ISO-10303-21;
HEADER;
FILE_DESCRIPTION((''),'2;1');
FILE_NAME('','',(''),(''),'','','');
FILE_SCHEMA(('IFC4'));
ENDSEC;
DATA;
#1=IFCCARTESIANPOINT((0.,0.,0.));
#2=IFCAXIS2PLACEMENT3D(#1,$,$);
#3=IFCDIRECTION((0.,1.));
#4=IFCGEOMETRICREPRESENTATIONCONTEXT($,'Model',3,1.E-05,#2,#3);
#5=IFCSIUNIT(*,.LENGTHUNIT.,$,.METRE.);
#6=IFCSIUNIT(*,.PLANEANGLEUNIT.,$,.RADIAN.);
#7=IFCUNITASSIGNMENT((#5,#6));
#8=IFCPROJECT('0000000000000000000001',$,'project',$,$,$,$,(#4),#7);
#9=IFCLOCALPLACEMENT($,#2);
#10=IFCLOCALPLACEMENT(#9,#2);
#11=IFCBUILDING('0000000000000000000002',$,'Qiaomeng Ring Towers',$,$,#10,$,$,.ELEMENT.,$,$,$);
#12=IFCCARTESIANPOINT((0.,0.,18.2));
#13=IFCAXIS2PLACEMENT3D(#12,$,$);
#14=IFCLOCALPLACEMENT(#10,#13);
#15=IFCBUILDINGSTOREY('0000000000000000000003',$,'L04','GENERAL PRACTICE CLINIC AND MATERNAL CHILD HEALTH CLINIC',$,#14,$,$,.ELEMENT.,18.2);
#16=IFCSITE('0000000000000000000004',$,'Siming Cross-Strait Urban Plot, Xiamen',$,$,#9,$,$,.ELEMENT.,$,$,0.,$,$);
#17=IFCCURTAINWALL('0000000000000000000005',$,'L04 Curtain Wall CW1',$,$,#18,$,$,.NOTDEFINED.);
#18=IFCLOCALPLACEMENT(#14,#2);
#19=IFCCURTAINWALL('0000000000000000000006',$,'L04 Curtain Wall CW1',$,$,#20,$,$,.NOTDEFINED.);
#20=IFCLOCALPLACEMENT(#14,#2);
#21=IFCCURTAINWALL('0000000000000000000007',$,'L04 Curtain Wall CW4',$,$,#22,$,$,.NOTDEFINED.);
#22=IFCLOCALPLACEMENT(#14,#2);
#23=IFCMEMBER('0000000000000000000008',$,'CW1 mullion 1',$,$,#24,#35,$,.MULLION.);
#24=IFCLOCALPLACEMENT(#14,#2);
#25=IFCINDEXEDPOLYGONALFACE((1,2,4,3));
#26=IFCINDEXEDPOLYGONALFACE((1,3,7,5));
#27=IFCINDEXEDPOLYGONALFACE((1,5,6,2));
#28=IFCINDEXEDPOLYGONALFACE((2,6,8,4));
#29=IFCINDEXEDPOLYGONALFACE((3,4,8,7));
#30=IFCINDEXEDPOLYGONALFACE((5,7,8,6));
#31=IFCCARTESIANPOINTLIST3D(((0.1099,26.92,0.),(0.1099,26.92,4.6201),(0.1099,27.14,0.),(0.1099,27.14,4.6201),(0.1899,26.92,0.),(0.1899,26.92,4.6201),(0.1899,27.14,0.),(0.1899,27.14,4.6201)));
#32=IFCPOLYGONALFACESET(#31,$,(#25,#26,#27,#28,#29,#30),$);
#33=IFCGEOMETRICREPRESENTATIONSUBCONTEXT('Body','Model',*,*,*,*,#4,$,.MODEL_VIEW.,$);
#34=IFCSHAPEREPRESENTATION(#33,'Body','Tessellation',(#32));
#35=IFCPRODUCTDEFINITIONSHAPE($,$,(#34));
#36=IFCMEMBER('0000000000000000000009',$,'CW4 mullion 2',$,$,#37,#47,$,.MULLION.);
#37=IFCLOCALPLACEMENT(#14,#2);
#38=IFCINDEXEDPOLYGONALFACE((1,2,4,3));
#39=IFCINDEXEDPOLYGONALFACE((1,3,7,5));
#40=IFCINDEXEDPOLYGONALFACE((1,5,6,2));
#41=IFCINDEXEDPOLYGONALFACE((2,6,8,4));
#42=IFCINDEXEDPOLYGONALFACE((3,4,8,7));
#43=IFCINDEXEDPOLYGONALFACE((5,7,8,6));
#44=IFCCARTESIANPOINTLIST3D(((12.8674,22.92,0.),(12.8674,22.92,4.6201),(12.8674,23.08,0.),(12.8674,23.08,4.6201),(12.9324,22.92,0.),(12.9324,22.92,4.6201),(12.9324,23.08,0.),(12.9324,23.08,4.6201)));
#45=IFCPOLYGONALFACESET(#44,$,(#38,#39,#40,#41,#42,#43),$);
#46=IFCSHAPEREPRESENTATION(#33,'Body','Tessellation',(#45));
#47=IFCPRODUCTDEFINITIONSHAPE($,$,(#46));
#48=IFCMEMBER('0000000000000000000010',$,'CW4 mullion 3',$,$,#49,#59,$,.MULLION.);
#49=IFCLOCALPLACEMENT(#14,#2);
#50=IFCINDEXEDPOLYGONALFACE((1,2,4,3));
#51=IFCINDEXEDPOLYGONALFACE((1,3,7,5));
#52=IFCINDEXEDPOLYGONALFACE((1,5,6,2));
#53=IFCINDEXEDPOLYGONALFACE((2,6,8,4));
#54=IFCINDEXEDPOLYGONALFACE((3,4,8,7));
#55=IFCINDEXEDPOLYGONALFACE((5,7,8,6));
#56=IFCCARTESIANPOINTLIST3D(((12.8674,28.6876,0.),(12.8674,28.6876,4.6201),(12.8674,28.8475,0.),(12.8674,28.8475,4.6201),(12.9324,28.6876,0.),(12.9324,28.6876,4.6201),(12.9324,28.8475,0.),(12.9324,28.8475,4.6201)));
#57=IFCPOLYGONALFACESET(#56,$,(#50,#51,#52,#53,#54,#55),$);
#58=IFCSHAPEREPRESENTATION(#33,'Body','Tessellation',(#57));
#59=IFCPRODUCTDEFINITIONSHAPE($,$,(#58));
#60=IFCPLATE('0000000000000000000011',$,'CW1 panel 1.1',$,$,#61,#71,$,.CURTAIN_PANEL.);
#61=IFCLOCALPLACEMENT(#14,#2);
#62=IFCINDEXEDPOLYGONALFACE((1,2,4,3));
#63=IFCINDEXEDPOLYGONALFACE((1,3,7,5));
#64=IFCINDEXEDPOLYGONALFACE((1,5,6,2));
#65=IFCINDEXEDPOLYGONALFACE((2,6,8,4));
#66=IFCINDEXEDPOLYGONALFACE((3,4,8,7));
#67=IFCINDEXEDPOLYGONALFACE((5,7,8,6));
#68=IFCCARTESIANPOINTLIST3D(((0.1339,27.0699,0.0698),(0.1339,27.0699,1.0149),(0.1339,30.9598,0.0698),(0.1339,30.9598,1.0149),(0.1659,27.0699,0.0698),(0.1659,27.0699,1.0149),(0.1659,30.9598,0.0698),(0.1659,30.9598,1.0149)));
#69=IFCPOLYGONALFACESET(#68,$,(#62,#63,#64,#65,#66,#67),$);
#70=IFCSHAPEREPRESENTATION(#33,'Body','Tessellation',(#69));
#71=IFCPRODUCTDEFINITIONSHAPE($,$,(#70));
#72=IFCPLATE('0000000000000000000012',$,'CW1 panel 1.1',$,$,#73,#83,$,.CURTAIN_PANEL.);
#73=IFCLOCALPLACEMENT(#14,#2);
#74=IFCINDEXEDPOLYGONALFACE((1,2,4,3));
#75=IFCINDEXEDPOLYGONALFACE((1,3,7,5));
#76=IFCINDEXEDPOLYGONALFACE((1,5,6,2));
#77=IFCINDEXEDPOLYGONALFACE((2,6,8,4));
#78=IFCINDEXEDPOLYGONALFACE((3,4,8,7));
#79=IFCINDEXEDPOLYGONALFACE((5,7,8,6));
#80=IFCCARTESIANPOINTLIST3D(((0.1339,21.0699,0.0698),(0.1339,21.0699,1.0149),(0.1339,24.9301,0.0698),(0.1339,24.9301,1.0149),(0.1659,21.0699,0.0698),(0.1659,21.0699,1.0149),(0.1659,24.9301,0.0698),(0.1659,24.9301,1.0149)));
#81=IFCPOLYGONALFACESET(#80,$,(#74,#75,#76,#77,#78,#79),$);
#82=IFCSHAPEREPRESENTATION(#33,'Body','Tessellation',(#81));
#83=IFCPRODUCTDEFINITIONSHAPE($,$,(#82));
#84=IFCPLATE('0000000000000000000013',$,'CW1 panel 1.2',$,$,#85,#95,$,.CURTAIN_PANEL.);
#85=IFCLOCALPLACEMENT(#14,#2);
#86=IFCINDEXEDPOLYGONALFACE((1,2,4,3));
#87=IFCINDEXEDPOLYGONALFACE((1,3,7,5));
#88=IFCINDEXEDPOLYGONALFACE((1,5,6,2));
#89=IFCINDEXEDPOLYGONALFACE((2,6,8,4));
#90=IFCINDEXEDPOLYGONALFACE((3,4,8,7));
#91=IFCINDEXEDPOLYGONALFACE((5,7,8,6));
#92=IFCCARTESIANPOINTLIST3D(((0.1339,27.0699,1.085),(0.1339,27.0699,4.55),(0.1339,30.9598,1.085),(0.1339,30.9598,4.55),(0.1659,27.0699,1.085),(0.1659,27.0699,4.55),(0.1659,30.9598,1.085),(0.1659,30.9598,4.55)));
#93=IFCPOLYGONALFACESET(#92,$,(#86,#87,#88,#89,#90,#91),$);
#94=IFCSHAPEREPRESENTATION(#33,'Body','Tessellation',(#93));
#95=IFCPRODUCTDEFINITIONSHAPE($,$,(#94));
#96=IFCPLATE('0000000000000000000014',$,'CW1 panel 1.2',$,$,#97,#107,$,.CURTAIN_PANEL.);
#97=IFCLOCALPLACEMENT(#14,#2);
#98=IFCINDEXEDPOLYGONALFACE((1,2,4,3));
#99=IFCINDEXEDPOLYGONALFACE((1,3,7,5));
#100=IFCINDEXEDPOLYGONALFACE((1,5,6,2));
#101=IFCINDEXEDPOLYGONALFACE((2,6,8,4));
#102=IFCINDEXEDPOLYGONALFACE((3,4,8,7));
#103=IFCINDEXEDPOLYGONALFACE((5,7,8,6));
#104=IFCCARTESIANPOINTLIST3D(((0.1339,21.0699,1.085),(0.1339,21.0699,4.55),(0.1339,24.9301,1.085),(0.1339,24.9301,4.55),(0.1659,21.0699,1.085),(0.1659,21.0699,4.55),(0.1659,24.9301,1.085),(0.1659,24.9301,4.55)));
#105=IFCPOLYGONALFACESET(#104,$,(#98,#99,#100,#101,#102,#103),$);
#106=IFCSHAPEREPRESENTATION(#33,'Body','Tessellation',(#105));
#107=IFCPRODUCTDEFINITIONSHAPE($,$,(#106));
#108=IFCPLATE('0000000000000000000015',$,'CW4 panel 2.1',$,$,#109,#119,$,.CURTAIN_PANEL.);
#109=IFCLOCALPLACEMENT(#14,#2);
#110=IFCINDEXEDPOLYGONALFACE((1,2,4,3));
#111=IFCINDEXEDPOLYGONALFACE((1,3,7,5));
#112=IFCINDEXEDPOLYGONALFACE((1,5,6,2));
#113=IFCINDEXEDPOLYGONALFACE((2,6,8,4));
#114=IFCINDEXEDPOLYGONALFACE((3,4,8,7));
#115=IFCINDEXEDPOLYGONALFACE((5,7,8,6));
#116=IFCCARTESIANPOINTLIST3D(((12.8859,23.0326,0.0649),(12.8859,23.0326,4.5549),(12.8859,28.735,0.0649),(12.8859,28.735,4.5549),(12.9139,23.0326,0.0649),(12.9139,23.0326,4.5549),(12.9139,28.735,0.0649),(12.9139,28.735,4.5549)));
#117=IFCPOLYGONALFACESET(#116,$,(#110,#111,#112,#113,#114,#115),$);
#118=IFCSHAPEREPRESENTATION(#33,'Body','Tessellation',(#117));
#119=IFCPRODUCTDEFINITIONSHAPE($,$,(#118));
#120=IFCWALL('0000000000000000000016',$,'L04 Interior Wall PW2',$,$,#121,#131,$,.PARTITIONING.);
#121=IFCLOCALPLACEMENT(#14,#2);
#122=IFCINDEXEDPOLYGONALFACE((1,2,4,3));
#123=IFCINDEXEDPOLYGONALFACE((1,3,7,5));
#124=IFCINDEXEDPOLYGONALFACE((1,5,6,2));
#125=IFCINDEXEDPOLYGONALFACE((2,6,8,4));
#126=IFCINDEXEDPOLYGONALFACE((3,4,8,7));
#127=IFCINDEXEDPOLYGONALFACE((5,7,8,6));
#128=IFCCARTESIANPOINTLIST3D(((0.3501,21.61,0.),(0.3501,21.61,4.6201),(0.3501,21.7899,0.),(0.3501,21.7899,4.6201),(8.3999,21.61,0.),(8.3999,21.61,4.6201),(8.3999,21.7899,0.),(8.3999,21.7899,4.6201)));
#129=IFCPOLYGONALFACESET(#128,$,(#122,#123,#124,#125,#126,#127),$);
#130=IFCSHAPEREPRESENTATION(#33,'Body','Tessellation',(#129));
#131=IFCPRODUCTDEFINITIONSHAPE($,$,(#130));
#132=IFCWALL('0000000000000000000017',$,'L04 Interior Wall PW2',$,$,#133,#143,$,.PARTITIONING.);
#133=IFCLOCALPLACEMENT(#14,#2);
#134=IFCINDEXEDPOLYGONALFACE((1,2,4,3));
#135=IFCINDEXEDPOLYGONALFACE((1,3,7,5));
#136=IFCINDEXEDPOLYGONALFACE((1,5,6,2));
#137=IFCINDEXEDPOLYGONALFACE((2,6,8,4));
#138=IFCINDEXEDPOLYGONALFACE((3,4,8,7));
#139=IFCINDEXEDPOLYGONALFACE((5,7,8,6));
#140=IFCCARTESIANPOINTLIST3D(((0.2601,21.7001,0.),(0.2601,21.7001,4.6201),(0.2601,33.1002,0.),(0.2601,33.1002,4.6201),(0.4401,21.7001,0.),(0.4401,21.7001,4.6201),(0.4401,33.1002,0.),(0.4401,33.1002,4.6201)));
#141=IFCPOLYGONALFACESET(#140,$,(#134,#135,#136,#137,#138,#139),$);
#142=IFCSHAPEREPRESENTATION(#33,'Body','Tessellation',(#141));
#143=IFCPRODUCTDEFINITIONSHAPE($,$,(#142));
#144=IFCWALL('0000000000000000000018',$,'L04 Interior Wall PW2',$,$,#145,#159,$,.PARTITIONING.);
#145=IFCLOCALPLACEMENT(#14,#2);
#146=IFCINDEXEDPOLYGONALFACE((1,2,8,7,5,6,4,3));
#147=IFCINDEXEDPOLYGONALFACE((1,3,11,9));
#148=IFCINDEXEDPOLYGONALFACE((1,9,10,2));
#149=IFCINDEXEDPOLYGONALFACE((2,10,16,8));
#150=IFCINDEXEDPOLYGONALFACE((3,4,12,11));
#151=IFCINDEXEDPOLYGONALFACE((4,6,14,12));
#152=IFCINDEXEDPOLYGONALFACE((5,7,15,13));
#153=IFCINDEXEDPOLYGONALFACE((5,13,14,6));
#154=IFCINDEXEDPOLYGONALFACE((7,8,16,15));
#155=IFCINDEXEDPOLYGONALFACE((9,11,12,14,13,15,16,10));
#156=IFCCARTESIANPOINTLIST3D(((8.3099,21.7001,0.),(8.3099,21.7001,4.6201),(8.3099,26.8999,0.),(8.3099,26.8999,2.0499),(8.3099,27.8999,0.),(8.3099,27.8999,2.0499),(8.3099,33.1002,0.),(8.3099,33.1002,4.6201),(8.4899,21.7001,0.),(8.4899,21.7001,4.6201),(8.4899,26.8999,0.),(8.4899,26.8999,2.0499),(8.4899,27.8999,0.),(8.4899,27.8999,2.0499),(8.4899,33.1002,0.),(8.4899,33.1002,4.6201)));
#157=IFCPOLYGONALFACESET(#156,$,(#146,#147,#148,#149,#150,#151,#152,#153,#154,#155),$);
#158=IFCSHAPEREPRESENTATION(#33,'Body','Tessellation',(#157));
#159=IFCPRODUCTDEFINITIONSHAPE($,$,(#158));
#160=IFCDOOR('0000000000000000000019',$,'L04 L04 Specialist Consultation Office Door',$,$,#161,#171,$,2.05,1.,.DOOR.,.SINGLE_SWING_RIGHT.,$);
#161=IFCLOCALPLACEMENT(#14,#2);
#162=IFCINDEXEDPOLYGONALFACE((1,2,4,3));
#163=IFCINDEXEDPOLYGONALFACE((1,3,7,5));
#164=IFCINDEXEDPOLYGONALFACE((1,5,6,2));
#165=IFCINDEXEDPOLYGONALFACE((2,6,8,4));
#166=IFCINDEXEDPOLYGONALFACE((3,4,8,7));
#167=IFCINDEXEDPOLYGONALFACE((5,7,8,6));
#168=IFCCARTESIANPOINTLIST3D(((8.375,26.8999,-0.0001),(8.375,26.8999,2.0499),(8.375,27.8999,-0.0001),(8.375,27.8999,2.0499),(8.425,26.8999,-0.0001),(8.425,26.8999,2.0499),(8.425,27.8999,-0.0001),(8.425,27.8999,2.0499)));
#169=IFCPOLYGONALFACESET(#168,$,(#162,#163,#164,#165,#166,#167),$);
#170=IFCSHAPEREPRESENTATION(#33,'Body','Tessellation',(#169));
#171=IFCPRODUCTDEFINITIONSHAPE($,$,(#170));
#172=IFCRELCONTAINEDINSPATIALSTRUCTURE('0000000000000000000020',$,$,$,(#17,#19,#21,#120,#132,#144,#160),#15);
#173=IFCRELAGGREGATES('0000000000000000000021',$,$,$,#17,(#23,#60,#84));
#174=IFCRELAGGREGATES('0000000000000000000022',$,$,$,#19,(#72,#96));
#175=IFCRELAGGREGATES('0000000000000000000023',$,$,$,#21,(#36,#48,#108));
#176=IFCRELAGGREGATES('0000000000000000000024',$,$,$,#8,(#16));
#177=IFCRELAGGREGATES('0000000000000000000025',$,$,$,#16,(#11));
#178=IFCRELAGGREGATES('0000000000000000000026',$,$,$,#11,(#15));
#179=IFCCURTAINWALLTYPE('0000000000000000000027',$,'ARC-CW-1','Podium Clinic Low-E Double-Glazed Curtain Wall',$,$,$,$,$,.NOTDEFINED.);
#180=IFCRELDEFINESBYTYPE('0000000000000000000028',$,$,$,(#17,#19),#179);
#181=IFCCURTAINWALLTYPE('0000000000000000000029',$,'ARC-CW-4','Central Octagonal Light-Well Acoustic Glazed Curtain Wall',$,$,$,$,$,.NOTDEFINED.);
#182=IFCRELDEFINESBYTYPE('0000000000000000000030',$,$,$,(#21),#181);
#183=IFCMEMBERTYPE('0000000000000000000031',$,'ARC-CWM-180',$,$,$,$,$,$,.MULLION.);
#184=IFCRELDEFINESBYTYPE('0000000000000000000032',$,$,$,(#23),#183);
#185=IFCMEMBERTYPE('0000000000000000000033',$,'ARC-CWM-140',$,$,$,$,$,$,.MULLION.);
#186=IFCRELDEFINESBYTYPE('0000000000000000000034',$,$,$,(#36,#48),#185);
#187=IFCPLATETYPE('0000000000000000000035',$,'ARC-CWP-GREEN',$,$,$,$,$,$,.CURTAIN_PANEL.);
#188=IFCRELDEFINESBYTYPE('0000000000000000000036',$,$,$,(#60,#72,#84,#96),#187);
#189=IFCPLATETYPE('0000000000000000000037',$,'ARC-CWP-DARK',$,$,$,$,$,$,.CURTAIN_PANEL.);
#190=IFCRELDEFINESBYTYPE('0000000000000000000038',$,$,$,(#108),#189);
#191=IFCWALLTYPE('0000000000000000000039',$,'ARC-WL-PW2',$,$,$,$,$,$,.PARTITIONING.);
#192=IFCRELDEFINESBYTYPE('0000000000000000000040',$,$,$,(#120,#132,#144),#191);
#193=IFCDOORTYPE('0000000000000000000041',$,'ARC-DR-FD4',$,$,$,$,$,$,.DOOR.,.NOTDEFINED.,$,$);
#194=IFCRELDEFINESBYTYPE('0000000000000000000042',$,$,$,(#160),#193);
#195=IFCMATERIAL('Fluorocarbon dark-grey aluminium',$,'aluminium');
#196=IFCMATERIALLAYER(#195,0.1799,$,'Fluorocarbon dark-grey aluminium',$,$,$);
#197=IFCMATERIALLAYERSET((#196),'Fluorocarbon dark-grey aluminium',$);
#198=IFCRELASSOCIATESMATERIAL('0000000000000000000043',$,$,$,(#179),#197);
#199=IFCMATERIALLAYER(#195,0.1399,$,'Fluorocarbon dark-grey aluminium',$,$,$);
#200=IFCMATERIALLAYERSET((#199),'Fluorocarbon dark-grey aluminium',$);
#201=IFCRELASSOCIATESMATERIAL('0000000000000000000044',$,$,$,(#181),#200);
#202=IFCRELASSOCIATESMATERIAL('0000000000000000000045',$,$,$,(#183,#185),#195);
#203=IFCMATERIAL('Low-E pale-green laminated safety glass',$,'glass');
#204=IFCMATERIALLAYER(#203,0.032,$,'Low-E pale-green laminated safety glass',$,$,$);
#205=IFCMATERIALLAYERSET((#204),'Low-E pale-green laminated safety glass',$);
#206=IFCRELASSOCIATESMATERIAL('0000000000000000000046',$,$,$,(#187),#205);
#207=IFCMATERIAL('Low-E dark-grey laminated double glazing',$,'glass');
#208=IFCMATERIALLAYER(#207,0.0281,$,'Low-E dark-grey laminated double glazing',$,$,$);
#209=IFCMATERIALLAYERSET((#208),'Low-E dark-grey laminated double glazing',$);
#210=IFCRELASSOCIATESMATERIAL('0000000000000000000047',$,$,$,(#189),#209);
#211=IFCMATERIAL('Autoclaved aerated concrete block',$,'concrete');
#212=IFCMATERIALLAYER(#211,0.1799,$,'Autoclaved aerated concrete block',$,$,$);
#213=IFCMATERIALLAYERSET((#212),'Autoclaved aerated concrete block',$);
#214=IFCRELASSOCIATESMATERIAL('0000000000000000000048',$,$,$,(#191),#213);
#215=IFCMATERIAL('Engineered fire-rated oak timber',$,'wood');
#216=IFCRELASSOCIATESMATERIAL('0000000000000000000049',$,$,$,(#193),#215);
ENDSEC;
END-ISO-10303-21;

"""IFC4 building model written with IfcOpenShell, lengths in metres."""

from ifc_helpers import new_model, si_unit, direction, frame, frame_2d, origin, origin_2d, place, context, subcontext, project, spatial, rectangle, extrude, source, transform, mapped, material, layer, layer_set, material_profile, profile_set, type_object, element, fill, aggregate, save


model = new_model("IFC4")

# Units and contexts
model_context = context("Model", 3, precision=1e-05, world=origin(), true_north=direction((0.0, 1.0)))
body_context = subcontext(model_context, "Body", "Model", "MODEL_VIEW")
ifc_project = project(units=[si_unit("LENGTHUNIT", "METRE"), si_unit("PLANEANGLEUNIT", "RADIAN")], contexts=[model_context])

# Site, building, storey
site_placement = place(None, origin())
site = spatial("IfcSite", under=ifc_project, at=site_placement, Name="Siming Cross-Strait Urban Plot, Xiamen", CompositionType="ELEMENT", RefElevation=0.0)
building_placement = place(site_placement, origin())
building = spatial("IfcBuilding", under=site, at=building_placement, Name="Qiaomeng Ring Towers", CompositionType="ELEMENT")
storey_placement = place(building_placement, frame((0.0, 0.0, 18.2)))
storey = spatial("IfcBuildingStorey", under=building, at=storey_placement, Name="L04", Description="GENERAL PRACTICE CLINIC AND MATERNAL CHILD HEALTH CLINIC", CompositionType="ELEMENT", Elevation=18.2)

# Curtain walls
ifc_material_1 = material(Name="Fluorocarbon dark-grey aluminium", Category="aluminium")
ifc_layer_1 = layer(ifc_material_1, 0.1799, Name="Fluorocarbon dark-grey aluminium")
ifc_layer_set_1 = layer_set([ifc_layer_1], Name="Fluorocarbon dark-grey aluminium")
curtain_wall_type_1 = type_object("IfcCurtainWallType", Name="ARC-CW-1", Description="Podium Clinic Low-E Double-Glazed Curtain Wall", PredefinedType="NOTDEFINED", material=ifc_layer_set_1)
curtain_wall_1_placement = place(storey_placement, origin())
curtain_wall_1 = element("IfcCurtainWall", 1, at=curtain_wall_1_placement, inside=storey, type_object=curtain_wall_type_1, Name="L04 Curtain Wall CW1", PredefinedType="NOTDEFINED")
curtain_wall_2_placement = place(storey_placement, origin())
curtain_wall_2 = element("IfcCurtainWall", 2, at=curtain_wall_2_placement, inside=storey, type_object=curtain_wall_type_1, Name="L04 Curtain Wall CW1", PredefinedType="NOTDEFINED")
ifc_layer_2 = layer(ifc_material_1, 0.1399, Name="Fluorocarbon dark-grey aluminium")
ifc_layer_set_2 = layer_set([ifc_layer_2], Name="Fluorocarbon dark-grey aluminium")
curtain_wall_type_2 = type_object("IfcCurtainWallType", Name="ARC-CW-4", Description="Central Octagonal Light-Well Acoustic Glazed Curtain Wall", PredefinedType="NOTDEFINED", material=ifc_layer_set_2)
curtain_wall_3_placement = place(storey_placement, origin())
curtain_wall_3 = element("IfcCurtainWall", 3, at=curtain_wall_3_placement, inside=storey, type_object=curtain_wall_type_2, Name="L04 Curtain Wall CW4", PredefinedType="NOTDEFINED")

# Members
ifc_material_profile_1 = material_profile(ifc_material_1, rectangle(XDim=0.0801, YDim=0.22, at=origin_2d()), Name="ALU MULL 80x220")
ifc_profile_set_1 = profile_set([ifc_material_profile_1], Name="Fluorocarbon dark-grey aluminium")
member_type_1 = type_object("IfcMemberType", Name="ARC-CWM-180", PredefinedType="MULLION", material=ifc_profile_set_1)
shared_shape_1 = source(origin(), body_context, "Body", "SweptSolid", [
    extrude(rectangle(XDim=0.0801, YDim=0.22, at=origin_2d()), origin(), (0.0, 0.0, 1.0), 4.6201),
])
member_1_placement = place(storey_placement, frame((0.1499, 27.03, 0.0), z_axis=(0.0, 0.0, 1.0), x_axis=(-1.0, 0.0, 0.0)))
member_1 = element("IfcMember", 4, at=member_1_placement, type_object=member_type_1, Name="CW1 mullion 1", PredefinedType="MULLION", context=body_context, shape_type="MappedRepresentation", body=[
    mapped(shared_shape_1, transform((0.0, 0.0, 0.0), x_axis=(1.0, 0.0, 0.0), y_axis=(0.0, 1.0, 0.0), z_axis=(0.0, 0.0, 1.0), scale=1.0)),
])
ifc_material_profile_2 = material_profile(ifc_material_1, rectangle(XDim=0.0649, YDim=0.1599, at=origin_2d()), Name="ALU MULL 65x160")
ifc_profile_set_2 = profile_set([ifc_material_profile_2], Name="Fluorocarbon dark-grey aluminium")
member_type_2 = type_object("IfcMemberType", Name="ARC-CWM-140", PredefinedType="MULLION", material=ifc_profile_set_2)
shared_shape_2 = source(origin(), body_context, "Body", "SweptSolid", [
    extrude(rectangle(XDim=0.0649, YDim=0.1599, at=origin_2d()), origin(), (0.0, 0.0, 1.0), 4.6201),
])
member_2_placement = place(storey_placement, frame((12.8999, 23.0, 0.0), z_axis=(0.0, 0.0, 1.0), x_axis=(-1.0, 0.0, 0.0)))
member_2 = element("IfcMember", 5, at=member_2_placement, type_object=member_type_2, Name="CW4 mullion 2", PredefinedType="MULLION", context=body_context, shape_type="MappedRepresentation", body=[
    mapped(shared_shape_2, transform((0.0, 0.0, 0.0), x_axis=(1.0, 0.0, 0.0), y_axis=(0.0, 1.0, 0.0), z_axis=(0.0, 0.0, 1.0), scale=1.0)),
])
member_3_placement = place(storey_placement, frame((12.8999, 28.7676, 0.0), z_axis=(0.0, 0.0, 1.0), x_axis=(-1.0, 0.0, 0.0)))
member_3 = element("IfcMember", 6, at=member_3_placement, type_object=member_type_2, Name="CW4 mullion 3", PredefinedType="MULLION", context=body_context, shape_type="MappedRepresentation", body=[
    mapped(shared_shape_2, transform((0.0, 0.0, 0.0), x_axis=(1.0, 0.0, 0.0), y_axis=(0.0, 1.0, 0.0), z_axis=(0.0, 0.0, 1.0), scale=1.0)),
])

# Plates
ifc_material_2 = material(Name="Low-E pale-green laminated safety glass", Category="glass")
ifc_layer_3 = layer(ifc_material_2, 0.032, Name="Low-E pale-green laminated safety glass")
ifc_layer_set_3 = layer_set([ifc_layer_3], Name="Low-E pale-green laminated safety glass")
plate_type_1 = type_object("IfcPlateType", Name="ARC-CWP-GREEN", PredefinedType="CURTAIN_PANEL", material=ifc_layer_set_3)
shared_shape_3 = source(origin(), body_context, "Body", "SweptSolid", [
    extrude(rectangle(XDim=3.8899, YDim=0.032, at=origin_2d()), origin(), (0.0, 0.0, 1.0), 0.9451),
])
plate_1_placement = place(storey_placement, frame((0.1499, 29.0149, 0.0698), z_axis=(0.0, 0.0, 1.0), x_axis=(0.0, 1.0, 0.0)))
plate_1 = element("IfcPlate", 7, at=plate_1_placement, type_object=plate_type_1, Name="CW1 panel 1.1", PredefinedType="CURTAIN_PANEL", context=body_context, shape_type="MappedRepresentation", body=[
    mapped(shared_shape_3, transform((0.0, 0.0, 0.0), x_axis=(1.0, 0.0, 0.0), y_axis=(0.0, 1.0, 0.0), z_axis=(0.0, 0.0, 1.0), scale=1.0)),
])
shared_shape_4 = source(origin(), body_context, "Body", "SweptSolid", [
    extrude(rectangle(XDim=3.8601, YDim=0.032, at=origin_2d()), origin(), (0.0, 0.0, 1.0), 0.9451),
])
plate_2_placement = place(storey_placement, frame((0.1499, 23.0, 0.0698), z_axis=(0.0, 0.0, 1.0), x_axis=(0.0, 1.0, 0.0)))
plate_2 = element("IfcPlate", 8, at=plate_2_placement, type_object=plate_type_1, Name="CW1 panel 1.1", PredefinedType="CURTAIN_PANEL", context=body_context, shape_type="MappedRepresentation", body=[
    mapped(shared_shape_4, transform((0.0, 0.0, 0.0), x_axis=(1.0, 0.0, 0.0), y_axis=(0.0, 1.0, 0.0), z_axis=(0.0, 0.0, 1.0), scale=1.0)),
])
shared_shape_5 = source(origin(), body_context, "Body", "SweptSolid", [
    extrude(rectangle(XDim=3.8899, YDim=0.032, at=origin_2d()), origin(), (0.0, 0.0, 1.0), 3.4651),
])
plate_3_placement = place(storey_placement, frame((0.1499, 29.0149, 1.085), z_axis=(0.0, 0.0, 1.0), x_axis=(0.0, 1.0, 0.0)))
plate_3 = element("IfcPlate", 9, at=plate_3_placement, type_object=plate_type_1, Name="CW1 panel 1.2", PredefinedType="CURTAIN_PANEL", context=body_context, shape_type="MappedRepresentation", body=[
    mapped(shared_shape_5, transform((0.0, 0.0, 0.0), x_axis=(1.0, 0.0, 0.0), y_axis=(0.0, 1.0, 0.0), z_axis=(0.0, 0.0, 1.0), scale=1.0)),
])
aggregate(curtain_wall_1, [member_1, plate_1, plate_3])
shared_shape_6 = source(origin(), body_context, "Body", "SweptSolid", [
    extrude(rectangle(XDim=3.8601, YDim=0.032, at=origin_2d()), origin(), (0.0, 0.0, 1.0), 3.4651),
])
plate_4_placement = place(storey_placement, frame((0.1499, 23.0, 1.085), z_axis=(0.0, 0.0, 1.0), x_axis=(0.0, 1.0, 0.0)))
plate_4 = element("IfcPlate", 10, at=plate_4_placement, type_object=plate_type_1, Name="CW1 panel 1.2", PredefinedType="CURTAIN_PANEL", context=body_context, shape_type="MappedRepresentation", body=[
    mapped(shared_shape_6, transform((0.0, 0.0, 0.0), x_axis=(1.0, 0.0, 0.0), y_axis=(0.0, 1.0, 0.0), z_axis=(0.0, 0.0, 1.0), scale=1.0)),
])
aggregate(curtain_wall_2, [plate_2, plate_4])
ifc_material_3 = material(Name="Low-E dark-grey laminated double glazing", Category="glass")
ifc_layer_4 = layer(ifc_material_3, 0.0281, Name="Low-E dark-grey laminated double glazing")
ifc_layer_set_4 = layer_set([ifc_layer_4], Name="Low-E dark-grey laminated double glazing")
plate_type_2 = type_object("IfcPlateType", Name="ARC-CWP-DARK", PredefinedType="CURTAIN_PANEL", material=ifc_layer_set_4)
shared_shape_7 = source(origin(), body_context, "Body", "SweptSolid", [
    extrude(rectangle(XDim=5.7024, YDim=0.0281, at=origin_2d()), origin(), (0.0, 0.0, 1.0), 4.49),
])
plate_5_placement = place(storey_placement, frame((12.8999, 25.8838, 0.0649), z_axis=(0.0, 0.0, 1.0), x_axis=(0.0, 1.0, 0.0)))
plate_5 = element("IfcPlate", 11, at=plate_5_placement, type_object=plate_type_2, Name="CW4 panel 2.1", PredefinedType="CURTAIN_PANEL", context=body_context, shape_type="MappedRepresentation", body=[
    mapped(shared_shape_7, transform((0.0, 0.0, 0.0), x_axis=(1.0, 0.0, 0.0), y_axis=(0.0, 1.0, 0.0), z_axis=(0.0, 0.0, 1.0), scale=1.0)),
])
aggregate(curtain_wall_3, [member_2, member_3, plate_5])

# Walls
ifc_material_4 = material(Name="Autoclaved aerated concrete block", Category="concrete")
ifc_layer_5 = layer(ifc_material_4, 0.1799, Name="Autoclaved aerated concrete block")
ifc_layer_set_5 = layer_set([ifc_layer_5], Name="Autoclaved aerated concrete block")
wall_type_1 = type_object("IfcWallType", Name="ARC-WL-PW2", PredefinedType="PARTITIONING", material=ifc_layer_set_5)
wall_1_placement = place(storey_placement, frame((0.3501, 21.7, 0.0), z_axis=(0.0, 0.0, 1.0), x_axis=(1.0, 0.0, 0.0)))
element("IfcWall", 12, at=wall_1_placement, inside=storey, type_object=wall_type_1, Name="L04 Interior Wall PW2", PredefinedType="PARTITIONING", context=body_context, shape_type="SweptSolid", body=[
    extrude(rectangle(XDim=8.0498, YDim=0.1799, at=frame_2d((4.0249, 0.0))), origin(), (0.0, 0.0, 1.0), 4.6201),
])
wall_2_placement = place(storey_placement, frame((0.3501, 21.7, 0.0), z_axis=(0.0, 0.0, 1.0), x_axis=(0.0, 1.0, 0.0)))
element("IfcWall", 13, at=wall_2_placement, inside=storey, type_object=wall_type_1, Name="L04 Interior Wall PW2", PredefinedType="PARTITIONING", context=body_context, shape_type="SweptSolid", body=[
    extrude(rectangle(XDim=11.4001, YDim=0.1799, at=frame_2d((5.7002, 0.0))), origin(), (0.0, 0.0, 1.0), 4.6201),
])

# Wall, opening, door
wall_3_placement = place(storey_placement, frame((8.3999, 21.7, 0.0), z_axis=(0.0, 0.0, 1.0), x_axis=(0.0, 1.0, 0.0)))
wall_3 = element("IfcWall", 14, at=wall_3_placement, inside=storey, type_object=wall_type_1, Name="L04 Interior Wall PW2", PredefinedType="PARTITIONING", context=body_context, shape_type="SweptSolid", body=[
    extrude(rectangle(XDim=11.4001, YDim=0.1799, at=frame_2d((5.7002, 0.0))), origin(), (0.0, 0.0, 1.0), 4.6201),
])
opening_placement = place(wall_3_placement, frame((5.2, 0.0, 0.0)))
opening = element("IfcOpeningElement", 15, at=opening_placement, cuts=wall_3, PredefinedType="OPENING", context=body_context, shape_type="SweptSolid", body=[
    extrude(rectangle(XDim=1.0, YDim=2.05, at=frame_2d((0.5, 1.0249))), frame((0.0, 0.0999, 0.0), z_axis=(0.0, -1.0, 0.0), x_axis=(1.0, 0.0, 0.0)), (0.0, 0.0, 1.0), 0.2),
])
ifc_material_5 = material(Name="Engineered fire-rated oak timber", Category="wood")
door_type = type_object("IfcDoorType", Name="ARC-DR-FD4", OperationType="NOTDEFINED", PredefinedType="DOOR", material=ifc_material_5)
shared_shape_8 = source(origin(), body_context, "Body", "SweptSolid", [
    extrude(rectangle(XDim=1.0, YDim=2.05, at=frame_2d((0.5, 1.0249))), frame((0.0, 0.0249, 0.0), z_axis=(0.0, -1.0, 0.0), x_axis=(1.0, 0.0, 0.0)), (0.0, 0.0, 1.0), 0.05),
])
door_placement = place(opening_placement, origin())
door = element("IfcDoor", 16, at=door_placement, inside=storey, type_object=door_type, Name="L04 L04 Specialist Consultation Office Door", OperationType="SINGLE_SWING_RIGHT", OverallHeight=2.05, OverallWidth=1.0, PredefinedType="DOOR", context=body_context, shape_type="MappedRepresentation", body=[
    mapped(shared_shape_8, transform((0.0, 0.0, 0.0), x_axis=(1.0, 0.0, 0.0), y_axis=(0.0, 1.0, 0.0), z_axis=(0.0, 0.0, 1.0), scale=1.0)),
])
fill(opening, door)

save(model, "model.ifc")
